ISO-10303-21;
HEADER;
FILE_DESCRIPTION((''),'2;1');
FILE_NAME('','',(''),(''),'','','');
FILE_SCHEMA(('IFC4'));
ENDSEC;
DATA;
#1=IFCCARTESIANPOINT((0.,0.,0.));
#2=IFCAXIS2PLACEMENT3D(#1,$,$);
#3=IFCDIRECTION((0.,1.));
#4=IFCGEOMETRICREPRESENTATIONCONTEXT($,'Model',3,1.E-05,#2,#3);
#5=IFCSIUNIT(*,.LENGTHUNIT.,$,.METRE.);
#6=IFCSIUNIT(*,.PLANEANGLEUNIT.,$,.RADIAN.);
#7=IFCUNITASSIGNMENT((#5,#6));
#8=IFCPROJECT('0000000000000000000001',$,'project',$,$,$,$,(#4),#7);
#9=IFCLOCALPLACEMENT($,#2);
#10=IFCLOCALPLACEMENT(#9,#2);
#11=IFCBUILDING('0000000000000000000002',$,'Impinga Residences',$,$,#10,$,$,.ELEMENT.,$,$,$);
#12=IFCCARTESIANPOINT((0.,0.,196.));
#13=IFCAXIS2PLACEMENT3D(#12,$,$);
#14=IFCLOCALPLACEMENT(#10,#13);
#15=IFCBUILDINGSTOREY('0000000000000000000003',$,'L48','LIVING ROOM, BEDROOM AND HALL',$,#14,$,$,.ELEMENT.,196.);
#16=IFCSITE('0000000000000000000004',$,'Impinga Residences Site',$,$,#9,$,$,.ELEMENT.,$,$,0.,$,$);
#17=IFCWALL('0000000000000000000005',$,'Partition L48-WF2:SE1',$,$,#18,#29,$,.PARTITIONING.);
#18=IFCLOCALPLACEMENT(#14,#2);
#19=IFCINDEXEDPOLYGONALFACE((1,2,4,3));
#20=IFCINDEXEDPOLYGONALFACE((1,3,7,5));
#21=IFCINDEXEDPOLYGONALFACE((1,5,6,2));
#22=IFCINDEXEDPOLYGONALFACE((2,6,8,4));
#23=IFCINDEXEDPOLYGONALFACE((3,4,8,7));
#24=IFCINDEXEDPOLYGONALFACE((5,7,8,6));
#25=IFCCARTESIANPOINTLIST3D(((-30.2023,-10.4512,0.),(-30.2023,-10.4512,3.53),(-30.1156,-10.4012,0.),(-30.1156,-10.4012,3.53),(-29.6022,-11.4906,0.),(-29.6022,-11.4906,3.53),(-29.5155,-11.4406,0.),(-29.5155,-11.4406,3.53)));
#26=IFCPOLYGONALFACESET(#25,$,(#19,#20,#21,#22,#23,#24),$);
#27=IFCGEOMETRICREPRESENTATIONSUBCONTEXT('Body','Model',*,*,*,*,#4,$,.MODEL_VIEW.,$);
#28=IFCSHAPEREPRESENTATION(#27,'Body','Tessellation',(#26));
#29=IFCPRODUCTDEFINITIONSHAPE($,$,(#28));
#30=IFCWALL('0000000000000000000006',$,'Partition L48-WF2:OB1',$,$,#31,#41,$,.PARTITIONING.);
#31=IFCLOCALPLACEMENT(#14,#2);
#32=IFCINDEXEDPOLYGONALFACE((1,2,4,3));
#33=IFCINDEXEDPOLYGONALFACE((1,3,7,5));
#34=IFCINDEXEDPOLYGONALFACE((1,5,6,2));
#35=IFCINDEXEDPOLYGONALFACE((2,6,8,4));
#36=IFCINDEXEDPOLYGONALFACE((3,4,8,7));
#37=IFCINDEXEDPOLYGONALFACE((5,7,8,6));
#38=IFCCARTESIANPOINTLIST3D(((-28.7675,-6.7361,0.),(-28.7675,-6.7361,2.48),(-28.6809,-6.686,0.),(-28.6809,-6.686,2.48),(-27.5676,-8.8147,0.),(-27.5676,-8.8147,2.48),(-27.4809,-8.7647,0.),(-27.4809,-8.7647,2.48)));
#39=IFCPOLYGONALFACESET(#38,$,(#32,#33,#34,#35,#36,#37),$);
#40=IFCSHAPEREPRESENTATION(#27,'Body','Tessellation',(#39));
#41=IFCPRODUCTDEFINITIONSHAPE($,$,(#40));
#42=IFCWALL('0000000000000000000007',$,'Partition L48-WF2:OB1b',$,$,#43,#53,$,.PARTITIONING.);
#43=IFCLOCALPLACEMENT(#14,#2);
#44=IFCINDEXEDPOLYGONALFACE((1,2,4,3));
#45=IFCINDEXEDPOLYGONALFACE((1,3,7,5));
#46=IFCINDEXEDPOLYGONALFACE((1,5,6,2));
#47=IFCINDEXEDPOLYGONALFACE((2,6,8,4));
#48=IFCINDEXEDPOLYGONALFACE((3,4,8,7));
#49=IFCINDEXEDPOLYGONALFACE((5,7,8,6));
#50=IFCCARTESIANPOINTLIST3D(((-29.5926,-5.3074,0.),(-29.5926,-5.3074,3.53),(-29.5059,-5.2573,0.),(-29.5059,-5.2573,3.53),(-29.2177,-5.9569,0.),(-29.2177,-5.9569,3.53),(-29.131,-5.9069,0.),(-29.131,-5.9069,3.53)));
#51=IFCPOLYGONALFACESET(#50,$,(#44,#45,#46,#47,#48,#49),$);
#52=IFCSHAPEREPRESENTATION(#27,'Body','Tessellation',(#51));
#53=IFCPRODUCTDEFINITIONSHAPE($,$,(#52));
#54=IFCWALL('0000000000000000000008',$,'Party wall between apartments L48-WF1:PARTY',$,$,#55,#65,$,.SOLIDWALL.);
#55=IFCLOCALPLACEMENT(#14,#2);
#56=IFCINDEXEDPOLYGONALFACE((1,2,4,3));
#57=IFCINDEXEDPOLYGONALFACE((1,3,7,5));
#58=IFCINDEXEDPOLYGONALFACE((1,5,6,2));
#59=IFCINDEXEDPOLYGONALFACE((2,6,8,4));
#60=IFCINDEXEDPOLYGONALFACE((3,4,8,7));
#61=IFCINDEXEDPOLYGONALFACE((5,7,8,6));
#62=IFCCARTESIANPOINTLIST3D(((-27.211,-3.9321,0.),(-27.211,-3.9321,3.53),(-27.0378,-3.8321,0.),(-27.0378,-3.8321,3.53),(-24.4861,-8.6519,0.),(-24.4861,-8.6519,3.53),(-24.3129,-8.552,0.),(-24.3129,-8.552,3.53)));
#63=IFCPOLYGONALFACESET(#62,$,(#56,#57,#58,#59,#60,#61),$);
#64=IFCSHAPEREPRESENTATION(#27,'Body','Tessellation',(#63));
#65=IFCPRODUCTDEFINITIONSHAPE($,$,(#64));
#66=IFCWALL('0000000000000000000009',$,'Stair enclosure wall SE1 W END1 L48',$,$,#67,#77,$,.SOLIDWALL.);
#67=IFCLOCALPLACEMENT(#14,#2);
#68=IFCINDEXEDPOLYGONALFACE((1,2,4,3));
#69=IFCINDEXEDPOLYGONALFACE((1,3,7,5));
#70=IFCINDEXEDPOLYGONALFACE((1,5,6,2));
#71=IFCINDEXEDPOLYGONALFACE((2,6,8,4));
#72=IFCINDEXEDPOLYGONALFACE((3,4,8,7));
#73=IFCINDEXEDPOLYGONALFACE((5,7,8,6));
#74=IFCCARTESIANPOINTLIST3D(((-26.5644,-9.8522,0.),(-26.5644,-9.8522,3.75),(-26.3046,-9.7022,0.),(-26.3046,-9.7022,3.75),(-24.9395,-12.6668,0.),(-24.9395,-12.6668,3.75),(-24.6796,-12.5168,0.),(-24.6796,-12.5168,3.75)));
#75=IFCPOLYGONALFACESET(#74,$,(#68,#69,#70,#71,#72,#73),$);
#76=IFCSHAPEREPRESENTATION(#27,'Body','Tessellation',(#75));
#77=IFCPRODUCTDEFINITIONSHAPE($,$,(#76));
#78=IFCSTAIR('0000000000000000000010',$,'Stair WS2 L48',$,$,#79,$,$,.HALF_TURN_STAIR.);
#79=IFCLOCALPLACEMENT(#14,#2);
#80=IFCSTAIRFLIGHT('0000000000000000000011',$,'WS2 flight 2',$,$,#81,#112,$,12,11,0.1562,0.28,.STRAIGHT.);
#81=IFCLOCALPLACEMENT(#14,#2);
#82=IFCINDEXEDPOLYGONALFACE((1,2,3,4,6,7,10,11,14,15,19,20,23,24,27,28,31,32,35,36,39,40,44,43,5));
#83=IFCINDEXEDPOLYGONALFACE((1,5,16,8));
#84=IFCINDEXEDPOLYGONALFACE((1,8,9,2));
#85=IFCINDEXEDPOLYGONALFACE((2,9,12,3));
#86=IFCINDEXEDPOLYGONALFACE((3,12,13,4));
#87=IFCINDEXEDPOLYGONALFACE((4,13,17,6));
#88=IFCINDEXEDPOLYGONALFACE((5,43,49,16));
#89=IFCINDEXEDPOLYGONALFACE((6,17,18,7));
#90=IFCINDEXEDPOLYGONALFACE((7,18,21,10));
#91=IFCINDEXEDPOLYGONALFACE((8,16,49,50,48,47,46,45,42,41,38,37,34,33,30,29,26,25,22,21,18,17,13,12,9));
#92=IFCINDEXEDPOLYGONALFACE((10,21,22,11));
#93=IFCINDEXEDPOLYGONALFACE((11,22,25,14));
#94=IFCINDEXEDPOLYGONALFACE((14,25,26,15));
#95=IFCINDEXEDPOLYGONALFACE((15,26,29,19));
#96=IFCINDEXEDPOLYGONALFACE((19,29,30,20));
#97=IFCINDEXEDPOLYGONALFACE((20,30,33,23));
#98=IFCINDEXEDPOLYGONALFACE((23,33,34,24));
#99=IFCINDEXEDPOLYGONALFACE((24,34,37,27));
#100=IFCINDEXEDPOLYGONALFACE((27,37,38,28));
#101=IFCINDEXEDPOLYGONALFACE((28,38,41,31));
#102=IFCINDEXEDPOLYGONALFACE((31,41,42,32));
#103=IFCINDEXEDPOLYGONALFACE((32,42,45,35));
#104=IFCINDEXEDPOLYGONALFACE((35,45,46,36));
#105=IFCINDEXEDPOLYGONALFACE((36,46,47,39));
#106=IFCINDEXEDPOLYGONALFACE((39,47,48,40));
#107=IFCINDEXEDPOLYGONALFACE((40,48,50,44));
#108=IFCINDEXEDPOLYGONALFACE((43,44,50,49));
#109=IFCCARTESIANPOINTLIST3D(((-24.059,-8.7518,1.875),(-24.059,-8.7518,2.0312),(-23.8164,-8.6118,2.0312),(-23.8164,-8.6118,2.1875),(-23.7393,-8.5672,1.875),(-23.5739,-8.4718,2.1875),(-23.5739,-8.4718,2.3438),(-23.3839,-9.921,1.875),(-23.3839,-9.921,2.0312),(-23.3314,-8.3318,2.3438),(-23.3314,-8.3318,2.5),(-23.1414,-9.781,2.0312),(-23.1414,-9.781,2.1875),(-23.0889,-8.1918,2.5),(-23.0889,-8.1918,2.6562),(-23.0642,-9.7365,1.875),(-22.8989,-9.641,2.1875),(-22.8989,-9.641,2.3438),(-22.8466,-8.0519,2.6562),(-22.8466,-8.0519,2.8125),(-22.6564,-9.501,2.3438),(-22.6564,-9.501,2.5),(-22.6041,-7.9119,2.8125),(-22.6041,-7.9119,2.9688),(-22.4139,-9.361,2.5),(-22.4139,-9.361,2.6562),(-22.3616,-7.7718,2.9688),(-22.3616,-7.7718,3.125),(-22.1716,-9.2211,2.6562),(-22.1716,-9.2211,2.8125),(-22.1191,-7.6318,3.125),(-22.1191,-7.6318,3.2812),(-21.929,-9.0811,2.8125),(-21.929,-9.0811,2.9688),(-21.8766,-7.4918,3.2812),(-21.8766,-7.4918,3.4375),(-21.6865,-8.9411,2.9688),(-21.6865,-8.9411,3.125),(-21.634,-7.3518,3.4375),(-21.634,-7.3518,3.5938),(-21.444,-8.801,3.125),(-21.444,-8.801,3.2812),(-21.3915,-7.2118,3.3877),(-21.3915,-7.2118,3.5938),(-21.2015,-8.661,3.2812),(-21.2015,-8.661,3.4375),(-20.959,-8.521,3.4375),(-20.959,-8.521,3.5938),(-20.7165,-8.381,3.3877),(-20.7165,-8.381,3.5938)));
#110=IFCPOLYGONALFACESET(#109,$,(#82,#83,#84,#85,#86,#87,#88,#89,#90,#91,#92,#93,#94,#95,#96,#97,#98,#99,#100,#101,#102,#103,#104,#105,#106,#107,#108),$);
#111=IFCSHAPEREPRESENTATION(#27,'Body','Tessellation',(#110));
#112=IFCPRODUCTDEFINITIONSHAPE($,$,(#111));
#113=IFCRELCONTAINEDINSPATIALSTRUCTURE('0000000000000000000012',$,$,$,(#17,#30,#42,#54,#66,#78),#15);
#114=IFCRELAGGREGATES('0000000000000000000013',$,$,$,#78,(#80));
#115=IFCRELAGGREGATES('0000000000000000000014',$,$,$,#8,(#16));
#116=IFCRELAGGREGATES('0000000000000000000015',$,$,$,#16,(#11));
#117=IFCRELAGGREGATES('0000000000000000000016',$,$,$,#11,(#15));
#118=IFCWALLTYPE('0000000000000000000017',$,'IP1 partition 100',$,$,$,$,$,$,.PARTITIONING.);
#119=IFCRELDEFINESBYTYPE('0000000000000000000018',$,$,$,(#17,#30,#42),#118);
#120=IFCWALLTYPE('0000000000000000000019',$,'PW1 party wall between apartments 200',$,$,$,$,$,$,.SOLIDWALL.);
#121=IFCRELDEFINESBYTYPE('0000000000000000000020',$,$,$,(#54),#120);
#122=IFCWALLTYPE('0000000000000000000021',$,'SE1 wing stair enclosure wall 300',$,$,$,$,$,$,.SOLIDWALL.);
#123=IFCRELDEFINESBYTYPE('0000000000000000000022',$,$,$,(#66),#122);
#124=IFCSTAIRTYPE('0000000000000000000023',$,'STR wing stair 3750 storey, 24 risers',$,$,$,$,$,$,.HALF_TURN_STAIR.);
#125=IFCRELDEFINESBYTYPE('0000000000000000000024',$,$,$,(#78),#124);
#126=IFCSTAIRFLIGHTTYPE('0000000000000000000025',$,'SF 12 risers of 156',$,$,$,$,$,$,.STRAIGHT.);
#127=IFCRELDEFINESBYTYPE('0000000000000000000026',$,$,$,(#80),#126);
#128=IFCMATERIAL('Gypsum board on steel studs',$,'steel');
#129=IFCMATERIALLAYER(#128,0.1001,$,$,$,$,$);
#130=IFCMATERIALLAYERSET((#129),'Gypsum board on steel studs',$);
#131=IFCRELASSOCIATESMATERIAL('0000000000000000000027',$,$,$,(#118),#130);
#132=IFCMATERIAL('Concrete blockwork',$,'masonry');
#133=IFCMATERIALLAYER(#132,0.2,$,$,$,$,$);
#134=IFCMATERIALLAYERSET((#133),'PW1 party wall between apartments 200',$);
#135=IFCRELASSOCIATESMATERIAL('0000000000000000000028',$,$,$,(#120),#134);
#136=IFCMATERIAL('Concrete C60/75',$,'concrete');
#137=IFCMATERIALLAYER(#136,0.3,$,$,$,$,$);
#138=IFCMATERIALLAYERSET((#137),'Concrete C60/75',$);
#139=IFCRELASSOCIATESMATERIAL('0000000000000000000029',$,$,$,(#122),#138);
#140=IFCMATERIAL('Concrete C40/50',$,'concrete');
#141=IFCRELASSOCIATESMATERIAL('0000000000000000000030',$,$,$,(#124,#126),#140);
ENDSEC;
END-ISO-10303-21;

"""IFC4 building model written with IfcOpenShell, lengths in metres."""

from ifc_helpers import new_model, si_unit, direction, frame, frame_2d, origin, place, context, subcontext, project, spatial, polyline, rectangle, outline, extrude, material, layer, layer_set, type_object, element, aggregate, save


model = new_model("IFC4")

# Units and contexts
model_context = context("Model", 3, precision=1e-05, world=origin(), true_north=direction((0.0, 1.0)))
body_context = subcontext(model_context, "Body", "Model", "MODEL_VIEW")
ifc_project = project(units=[si_unit("LENGTHUNIT", "METRE"), si_unit("PLANEANGLEUNIT", "RADIAN")], contexts=[model_context])

# Site, building, storey
site_placement = place(None, origin())
site = spatial("IfcSite", under=ifc_project, at=site_placement, Name="Impinga Residences Site", CompositionType="ELEMENT", RefElevation=0.0)
building_placement = place(site_placement, origin())
building = spatial("IfcBuilding", under=site, at=building_placement, Name="Impinga Residences", CompositionType="ELEMENT")
storey_placement = place(building_placement, frame((0.0, 0.0, 196.0)))
storey = spatial("IfcBuildingStorey", under=building, at=storey_placement, Name="L48", Description="LIVING ROOM, BEDROOM AND HALL", CompositionType="ELEMENT", Elevation=196.0)

# Shared definitions
ifc_material_1 = material(Name="Concrete C60/75", Category="concrete")

# Shared definitions
ifc_material_2 = material(Name="Gypsum board on steel studs", Category="steel")
ifc_layer_1 = layer(ifc_material_2, 0.1001)
ifc_layer_set_1 = layer_set([ifc_layer_1], Name="Gypsum board on steel studs")
wall_type_1 = type_object("IfcWallType", Name="IP1 partition 100", PredefinedType="PARTITIONING", material=ifc_layer_set_1)

# Walls
wall_1_placement = place(storey_placement, frame((-29.5588, -11.4656, 0.0), z_axis=(0.0, 0.0, 1.0), x_axis=(-0.500034, 0.866006, 0.0)))
element("IfcWall", 1, at=wall_1_placement, inside=storey, type_object=wall_type_1, Name="Partition L48-WF2:SE1", PredefinedType="PARTITIONING", context=body_context, shape_type="SweptSolid", body=[
    extrude(rectangle(XDim=1.2002, YDim=0.1001, at=frame_2d((0.6001, 0.0))), origin(), (0.0, 0.0, 1.0), 3.53),
])
wall_2_placement = place(storey_placement, frame((-27.5242, -8.7898, 0.0), z_axis=(0.0, 0.0, 1.0), x_axis=(-0.499957, 0.86605, 0.0)))
element("IfcWall", 2, at=wall_2_placement, inside=storey, type_object=wall_type_1, Name="Partition L48-WF2:OB1", PredefinedType="PARTITIONING", context=body_context, shape_type="SweptSolid", body=[
    extrude(rectangle(XDim=2.4001, YDim=0.1001, at=frame_2d((1.2002, 0.0))), origin(), (0.0, 0.0, 1.0), 2.48),
])
wall_3_placement = place(storey_placement, frame((-29.1743, -5.9319, 0.0), z_axis=(0.0, 0.0, 1.0), x_axis=(-0.49992, 0.866072, 0.0)))
element("IfcWall", 3, at=wall_3_placement, inside=storey, type_object=wall_type_1, Name="Partition L48-WF2:OB1b", PredefinedType="PARTITIONING", context=body_context, shape_type="SweptSolid", body=[
    extrude(rectangle(XDim=0.75, YDim=0.1001, at=frame_2d((0.375, 0.0))), origin(), (0.0, 0.0, 1.0), 3.53),
])
ifc_material_3 = material(Name="Concrete blockwork", Category="masonry")
ifc_layer_2 = layer(ifc_material_3, 0.2)
ifc_layer_set_2 = layer_set([ifc_layer_2], Name="PW1 party wall between apartments 200")
wall_type_2 = type_object("IfcWallType", Name="PW1 party wall between apartments 200", PredefinedType="SOLIDWALL", material=ifc_layer_set_2)
wall_4_placement = place(storey_placement, frame((-24.3994, -8.6021, 0.0), z_axis=(0.0, 0.0, 1.0), x_axis=(-0.499989, 0.866032, 0.0)))
element("IfcWall", 4, at=wall_4_placement, inside=storey, type_object=wall_type_2, Name="Party wall between apartments L48-WF1:PARTY", PredefinedType="SOLIDWALL", context=body_context, shape_type="SweptSolid", body=[
    extrude(rectangle(XDim=5.45, YDim=0.2, at=frame_2d((2.7251, 0.0))), origin(), (0.0, 0.0, 1.0), 3.53),
])
ifc_layer_3 = layer(ifc_material_1, 0.3)
ifc_layer_set_3 = layer_set([ifc_layer_3], Name="Concrete C60/75")
wall_type_3 = type_object("IfcWallType", Name="SE1 wing stair enclosure wall 300", PredefinedType="SOLIDWALL", material=ifc_layer_set_3)
wall_5_placement = place(storey_placement, frame((-24.8096, -12.5918, 0.0), z_axis=(0.0, 0.0, 1.0), x_axis=(-0.499985, 0.866034, 0.0)))
element("IfcWall", 5, at=wall_5_placement, inside=storey, type_object=wall_type_3, Name="Stair enclosure wall SE1 W END1 L48", PredefinedType="SOLIDWALL", context=body_context, shape_type="SweptSolid", body=[
    extrude(rectangle(XDim=3.25, YDim=0.3, at=frame_2d((1.625, 0.0))), origin(), (0.0, 0.0, 1.0), 3.75),
])

# Stair, stair flight
ifc_material_4 = material(Name="Concrete C40/50", Category="concrete")
stair_type = type_object("IfcStairType", Name="STR wing stair 3750 storey, 24 risers", PredefinedType="HALF_TURN_STAIR", material=ifc_material_4)
stair_placement = place(storey_placement, origin())
stair = element("IfcStair", 6, at=stair_placement, inside=storey, type_object=stair_type, Name="Stair WS2 L48", PredefinedType="HALF_TURN_STAIR")
stair_flight_type = type_object("IfcStairFlightType", Name="SF 12 risers of 156", PredefinedType="STRAIGHT", material=ifc_material_4)
stair_flight_placement = place(storey_placement, frame((-23.7214, -9.3364, 1.875), z_axis=(0.0, 0.0, 1.0), x_axis=(0.866025, 0.5, 0.0)))
stair_flight = element("IfcStairFlight", 7, at=stair_flight_placement, type_object=stair_flight_type, Name="WS2 flight 2", NumberOfRisers=12, NumberOfTreads=11, PredefinedType="STRAIGHT", RiserHeight=0.1562, TreadLength=0.28, context=body_context, shape_type="SweptSolid", body=[
    extrude(outline(polyline([(0.0, 0.0), (0.0, 0.1562), (0.28, 0.1562), (0.28, 0.3125), (0.5601, 0.3125), (0.5601, 0.4688), (0.8401, 0.4688), (0.8401, 0.625), (1.1201, 0.625), (1.1201, 0.7812), (1.3999, 0.7812), (1.3999, 0.9375), (1.6799, 0.9375), (1.6799, 1.0938), (1.96, 1.0938), (1.96, 1.25), (2.24, 1.25), (2.24, 1.4062), (2.52, 1.4062), (2.52, 1.5625), (2.8, 1.5625), (2.8, 1.7188), (3.0801, 1.7188), (3.0801, 1.875), (3.0801, 1.5127), (0.3691, 0.0), (0.0, 0.0)])), frame((0.0, 0.675, 0.0), z_axis=(0.0, -1.0, 0.0), x_axis=(1.0, 0.0, 0.0)), (0.0, 0.0, 1.0), 1.3501),
])
aggregate(stair, [stair_flight])

save(model, "model.ifc")
